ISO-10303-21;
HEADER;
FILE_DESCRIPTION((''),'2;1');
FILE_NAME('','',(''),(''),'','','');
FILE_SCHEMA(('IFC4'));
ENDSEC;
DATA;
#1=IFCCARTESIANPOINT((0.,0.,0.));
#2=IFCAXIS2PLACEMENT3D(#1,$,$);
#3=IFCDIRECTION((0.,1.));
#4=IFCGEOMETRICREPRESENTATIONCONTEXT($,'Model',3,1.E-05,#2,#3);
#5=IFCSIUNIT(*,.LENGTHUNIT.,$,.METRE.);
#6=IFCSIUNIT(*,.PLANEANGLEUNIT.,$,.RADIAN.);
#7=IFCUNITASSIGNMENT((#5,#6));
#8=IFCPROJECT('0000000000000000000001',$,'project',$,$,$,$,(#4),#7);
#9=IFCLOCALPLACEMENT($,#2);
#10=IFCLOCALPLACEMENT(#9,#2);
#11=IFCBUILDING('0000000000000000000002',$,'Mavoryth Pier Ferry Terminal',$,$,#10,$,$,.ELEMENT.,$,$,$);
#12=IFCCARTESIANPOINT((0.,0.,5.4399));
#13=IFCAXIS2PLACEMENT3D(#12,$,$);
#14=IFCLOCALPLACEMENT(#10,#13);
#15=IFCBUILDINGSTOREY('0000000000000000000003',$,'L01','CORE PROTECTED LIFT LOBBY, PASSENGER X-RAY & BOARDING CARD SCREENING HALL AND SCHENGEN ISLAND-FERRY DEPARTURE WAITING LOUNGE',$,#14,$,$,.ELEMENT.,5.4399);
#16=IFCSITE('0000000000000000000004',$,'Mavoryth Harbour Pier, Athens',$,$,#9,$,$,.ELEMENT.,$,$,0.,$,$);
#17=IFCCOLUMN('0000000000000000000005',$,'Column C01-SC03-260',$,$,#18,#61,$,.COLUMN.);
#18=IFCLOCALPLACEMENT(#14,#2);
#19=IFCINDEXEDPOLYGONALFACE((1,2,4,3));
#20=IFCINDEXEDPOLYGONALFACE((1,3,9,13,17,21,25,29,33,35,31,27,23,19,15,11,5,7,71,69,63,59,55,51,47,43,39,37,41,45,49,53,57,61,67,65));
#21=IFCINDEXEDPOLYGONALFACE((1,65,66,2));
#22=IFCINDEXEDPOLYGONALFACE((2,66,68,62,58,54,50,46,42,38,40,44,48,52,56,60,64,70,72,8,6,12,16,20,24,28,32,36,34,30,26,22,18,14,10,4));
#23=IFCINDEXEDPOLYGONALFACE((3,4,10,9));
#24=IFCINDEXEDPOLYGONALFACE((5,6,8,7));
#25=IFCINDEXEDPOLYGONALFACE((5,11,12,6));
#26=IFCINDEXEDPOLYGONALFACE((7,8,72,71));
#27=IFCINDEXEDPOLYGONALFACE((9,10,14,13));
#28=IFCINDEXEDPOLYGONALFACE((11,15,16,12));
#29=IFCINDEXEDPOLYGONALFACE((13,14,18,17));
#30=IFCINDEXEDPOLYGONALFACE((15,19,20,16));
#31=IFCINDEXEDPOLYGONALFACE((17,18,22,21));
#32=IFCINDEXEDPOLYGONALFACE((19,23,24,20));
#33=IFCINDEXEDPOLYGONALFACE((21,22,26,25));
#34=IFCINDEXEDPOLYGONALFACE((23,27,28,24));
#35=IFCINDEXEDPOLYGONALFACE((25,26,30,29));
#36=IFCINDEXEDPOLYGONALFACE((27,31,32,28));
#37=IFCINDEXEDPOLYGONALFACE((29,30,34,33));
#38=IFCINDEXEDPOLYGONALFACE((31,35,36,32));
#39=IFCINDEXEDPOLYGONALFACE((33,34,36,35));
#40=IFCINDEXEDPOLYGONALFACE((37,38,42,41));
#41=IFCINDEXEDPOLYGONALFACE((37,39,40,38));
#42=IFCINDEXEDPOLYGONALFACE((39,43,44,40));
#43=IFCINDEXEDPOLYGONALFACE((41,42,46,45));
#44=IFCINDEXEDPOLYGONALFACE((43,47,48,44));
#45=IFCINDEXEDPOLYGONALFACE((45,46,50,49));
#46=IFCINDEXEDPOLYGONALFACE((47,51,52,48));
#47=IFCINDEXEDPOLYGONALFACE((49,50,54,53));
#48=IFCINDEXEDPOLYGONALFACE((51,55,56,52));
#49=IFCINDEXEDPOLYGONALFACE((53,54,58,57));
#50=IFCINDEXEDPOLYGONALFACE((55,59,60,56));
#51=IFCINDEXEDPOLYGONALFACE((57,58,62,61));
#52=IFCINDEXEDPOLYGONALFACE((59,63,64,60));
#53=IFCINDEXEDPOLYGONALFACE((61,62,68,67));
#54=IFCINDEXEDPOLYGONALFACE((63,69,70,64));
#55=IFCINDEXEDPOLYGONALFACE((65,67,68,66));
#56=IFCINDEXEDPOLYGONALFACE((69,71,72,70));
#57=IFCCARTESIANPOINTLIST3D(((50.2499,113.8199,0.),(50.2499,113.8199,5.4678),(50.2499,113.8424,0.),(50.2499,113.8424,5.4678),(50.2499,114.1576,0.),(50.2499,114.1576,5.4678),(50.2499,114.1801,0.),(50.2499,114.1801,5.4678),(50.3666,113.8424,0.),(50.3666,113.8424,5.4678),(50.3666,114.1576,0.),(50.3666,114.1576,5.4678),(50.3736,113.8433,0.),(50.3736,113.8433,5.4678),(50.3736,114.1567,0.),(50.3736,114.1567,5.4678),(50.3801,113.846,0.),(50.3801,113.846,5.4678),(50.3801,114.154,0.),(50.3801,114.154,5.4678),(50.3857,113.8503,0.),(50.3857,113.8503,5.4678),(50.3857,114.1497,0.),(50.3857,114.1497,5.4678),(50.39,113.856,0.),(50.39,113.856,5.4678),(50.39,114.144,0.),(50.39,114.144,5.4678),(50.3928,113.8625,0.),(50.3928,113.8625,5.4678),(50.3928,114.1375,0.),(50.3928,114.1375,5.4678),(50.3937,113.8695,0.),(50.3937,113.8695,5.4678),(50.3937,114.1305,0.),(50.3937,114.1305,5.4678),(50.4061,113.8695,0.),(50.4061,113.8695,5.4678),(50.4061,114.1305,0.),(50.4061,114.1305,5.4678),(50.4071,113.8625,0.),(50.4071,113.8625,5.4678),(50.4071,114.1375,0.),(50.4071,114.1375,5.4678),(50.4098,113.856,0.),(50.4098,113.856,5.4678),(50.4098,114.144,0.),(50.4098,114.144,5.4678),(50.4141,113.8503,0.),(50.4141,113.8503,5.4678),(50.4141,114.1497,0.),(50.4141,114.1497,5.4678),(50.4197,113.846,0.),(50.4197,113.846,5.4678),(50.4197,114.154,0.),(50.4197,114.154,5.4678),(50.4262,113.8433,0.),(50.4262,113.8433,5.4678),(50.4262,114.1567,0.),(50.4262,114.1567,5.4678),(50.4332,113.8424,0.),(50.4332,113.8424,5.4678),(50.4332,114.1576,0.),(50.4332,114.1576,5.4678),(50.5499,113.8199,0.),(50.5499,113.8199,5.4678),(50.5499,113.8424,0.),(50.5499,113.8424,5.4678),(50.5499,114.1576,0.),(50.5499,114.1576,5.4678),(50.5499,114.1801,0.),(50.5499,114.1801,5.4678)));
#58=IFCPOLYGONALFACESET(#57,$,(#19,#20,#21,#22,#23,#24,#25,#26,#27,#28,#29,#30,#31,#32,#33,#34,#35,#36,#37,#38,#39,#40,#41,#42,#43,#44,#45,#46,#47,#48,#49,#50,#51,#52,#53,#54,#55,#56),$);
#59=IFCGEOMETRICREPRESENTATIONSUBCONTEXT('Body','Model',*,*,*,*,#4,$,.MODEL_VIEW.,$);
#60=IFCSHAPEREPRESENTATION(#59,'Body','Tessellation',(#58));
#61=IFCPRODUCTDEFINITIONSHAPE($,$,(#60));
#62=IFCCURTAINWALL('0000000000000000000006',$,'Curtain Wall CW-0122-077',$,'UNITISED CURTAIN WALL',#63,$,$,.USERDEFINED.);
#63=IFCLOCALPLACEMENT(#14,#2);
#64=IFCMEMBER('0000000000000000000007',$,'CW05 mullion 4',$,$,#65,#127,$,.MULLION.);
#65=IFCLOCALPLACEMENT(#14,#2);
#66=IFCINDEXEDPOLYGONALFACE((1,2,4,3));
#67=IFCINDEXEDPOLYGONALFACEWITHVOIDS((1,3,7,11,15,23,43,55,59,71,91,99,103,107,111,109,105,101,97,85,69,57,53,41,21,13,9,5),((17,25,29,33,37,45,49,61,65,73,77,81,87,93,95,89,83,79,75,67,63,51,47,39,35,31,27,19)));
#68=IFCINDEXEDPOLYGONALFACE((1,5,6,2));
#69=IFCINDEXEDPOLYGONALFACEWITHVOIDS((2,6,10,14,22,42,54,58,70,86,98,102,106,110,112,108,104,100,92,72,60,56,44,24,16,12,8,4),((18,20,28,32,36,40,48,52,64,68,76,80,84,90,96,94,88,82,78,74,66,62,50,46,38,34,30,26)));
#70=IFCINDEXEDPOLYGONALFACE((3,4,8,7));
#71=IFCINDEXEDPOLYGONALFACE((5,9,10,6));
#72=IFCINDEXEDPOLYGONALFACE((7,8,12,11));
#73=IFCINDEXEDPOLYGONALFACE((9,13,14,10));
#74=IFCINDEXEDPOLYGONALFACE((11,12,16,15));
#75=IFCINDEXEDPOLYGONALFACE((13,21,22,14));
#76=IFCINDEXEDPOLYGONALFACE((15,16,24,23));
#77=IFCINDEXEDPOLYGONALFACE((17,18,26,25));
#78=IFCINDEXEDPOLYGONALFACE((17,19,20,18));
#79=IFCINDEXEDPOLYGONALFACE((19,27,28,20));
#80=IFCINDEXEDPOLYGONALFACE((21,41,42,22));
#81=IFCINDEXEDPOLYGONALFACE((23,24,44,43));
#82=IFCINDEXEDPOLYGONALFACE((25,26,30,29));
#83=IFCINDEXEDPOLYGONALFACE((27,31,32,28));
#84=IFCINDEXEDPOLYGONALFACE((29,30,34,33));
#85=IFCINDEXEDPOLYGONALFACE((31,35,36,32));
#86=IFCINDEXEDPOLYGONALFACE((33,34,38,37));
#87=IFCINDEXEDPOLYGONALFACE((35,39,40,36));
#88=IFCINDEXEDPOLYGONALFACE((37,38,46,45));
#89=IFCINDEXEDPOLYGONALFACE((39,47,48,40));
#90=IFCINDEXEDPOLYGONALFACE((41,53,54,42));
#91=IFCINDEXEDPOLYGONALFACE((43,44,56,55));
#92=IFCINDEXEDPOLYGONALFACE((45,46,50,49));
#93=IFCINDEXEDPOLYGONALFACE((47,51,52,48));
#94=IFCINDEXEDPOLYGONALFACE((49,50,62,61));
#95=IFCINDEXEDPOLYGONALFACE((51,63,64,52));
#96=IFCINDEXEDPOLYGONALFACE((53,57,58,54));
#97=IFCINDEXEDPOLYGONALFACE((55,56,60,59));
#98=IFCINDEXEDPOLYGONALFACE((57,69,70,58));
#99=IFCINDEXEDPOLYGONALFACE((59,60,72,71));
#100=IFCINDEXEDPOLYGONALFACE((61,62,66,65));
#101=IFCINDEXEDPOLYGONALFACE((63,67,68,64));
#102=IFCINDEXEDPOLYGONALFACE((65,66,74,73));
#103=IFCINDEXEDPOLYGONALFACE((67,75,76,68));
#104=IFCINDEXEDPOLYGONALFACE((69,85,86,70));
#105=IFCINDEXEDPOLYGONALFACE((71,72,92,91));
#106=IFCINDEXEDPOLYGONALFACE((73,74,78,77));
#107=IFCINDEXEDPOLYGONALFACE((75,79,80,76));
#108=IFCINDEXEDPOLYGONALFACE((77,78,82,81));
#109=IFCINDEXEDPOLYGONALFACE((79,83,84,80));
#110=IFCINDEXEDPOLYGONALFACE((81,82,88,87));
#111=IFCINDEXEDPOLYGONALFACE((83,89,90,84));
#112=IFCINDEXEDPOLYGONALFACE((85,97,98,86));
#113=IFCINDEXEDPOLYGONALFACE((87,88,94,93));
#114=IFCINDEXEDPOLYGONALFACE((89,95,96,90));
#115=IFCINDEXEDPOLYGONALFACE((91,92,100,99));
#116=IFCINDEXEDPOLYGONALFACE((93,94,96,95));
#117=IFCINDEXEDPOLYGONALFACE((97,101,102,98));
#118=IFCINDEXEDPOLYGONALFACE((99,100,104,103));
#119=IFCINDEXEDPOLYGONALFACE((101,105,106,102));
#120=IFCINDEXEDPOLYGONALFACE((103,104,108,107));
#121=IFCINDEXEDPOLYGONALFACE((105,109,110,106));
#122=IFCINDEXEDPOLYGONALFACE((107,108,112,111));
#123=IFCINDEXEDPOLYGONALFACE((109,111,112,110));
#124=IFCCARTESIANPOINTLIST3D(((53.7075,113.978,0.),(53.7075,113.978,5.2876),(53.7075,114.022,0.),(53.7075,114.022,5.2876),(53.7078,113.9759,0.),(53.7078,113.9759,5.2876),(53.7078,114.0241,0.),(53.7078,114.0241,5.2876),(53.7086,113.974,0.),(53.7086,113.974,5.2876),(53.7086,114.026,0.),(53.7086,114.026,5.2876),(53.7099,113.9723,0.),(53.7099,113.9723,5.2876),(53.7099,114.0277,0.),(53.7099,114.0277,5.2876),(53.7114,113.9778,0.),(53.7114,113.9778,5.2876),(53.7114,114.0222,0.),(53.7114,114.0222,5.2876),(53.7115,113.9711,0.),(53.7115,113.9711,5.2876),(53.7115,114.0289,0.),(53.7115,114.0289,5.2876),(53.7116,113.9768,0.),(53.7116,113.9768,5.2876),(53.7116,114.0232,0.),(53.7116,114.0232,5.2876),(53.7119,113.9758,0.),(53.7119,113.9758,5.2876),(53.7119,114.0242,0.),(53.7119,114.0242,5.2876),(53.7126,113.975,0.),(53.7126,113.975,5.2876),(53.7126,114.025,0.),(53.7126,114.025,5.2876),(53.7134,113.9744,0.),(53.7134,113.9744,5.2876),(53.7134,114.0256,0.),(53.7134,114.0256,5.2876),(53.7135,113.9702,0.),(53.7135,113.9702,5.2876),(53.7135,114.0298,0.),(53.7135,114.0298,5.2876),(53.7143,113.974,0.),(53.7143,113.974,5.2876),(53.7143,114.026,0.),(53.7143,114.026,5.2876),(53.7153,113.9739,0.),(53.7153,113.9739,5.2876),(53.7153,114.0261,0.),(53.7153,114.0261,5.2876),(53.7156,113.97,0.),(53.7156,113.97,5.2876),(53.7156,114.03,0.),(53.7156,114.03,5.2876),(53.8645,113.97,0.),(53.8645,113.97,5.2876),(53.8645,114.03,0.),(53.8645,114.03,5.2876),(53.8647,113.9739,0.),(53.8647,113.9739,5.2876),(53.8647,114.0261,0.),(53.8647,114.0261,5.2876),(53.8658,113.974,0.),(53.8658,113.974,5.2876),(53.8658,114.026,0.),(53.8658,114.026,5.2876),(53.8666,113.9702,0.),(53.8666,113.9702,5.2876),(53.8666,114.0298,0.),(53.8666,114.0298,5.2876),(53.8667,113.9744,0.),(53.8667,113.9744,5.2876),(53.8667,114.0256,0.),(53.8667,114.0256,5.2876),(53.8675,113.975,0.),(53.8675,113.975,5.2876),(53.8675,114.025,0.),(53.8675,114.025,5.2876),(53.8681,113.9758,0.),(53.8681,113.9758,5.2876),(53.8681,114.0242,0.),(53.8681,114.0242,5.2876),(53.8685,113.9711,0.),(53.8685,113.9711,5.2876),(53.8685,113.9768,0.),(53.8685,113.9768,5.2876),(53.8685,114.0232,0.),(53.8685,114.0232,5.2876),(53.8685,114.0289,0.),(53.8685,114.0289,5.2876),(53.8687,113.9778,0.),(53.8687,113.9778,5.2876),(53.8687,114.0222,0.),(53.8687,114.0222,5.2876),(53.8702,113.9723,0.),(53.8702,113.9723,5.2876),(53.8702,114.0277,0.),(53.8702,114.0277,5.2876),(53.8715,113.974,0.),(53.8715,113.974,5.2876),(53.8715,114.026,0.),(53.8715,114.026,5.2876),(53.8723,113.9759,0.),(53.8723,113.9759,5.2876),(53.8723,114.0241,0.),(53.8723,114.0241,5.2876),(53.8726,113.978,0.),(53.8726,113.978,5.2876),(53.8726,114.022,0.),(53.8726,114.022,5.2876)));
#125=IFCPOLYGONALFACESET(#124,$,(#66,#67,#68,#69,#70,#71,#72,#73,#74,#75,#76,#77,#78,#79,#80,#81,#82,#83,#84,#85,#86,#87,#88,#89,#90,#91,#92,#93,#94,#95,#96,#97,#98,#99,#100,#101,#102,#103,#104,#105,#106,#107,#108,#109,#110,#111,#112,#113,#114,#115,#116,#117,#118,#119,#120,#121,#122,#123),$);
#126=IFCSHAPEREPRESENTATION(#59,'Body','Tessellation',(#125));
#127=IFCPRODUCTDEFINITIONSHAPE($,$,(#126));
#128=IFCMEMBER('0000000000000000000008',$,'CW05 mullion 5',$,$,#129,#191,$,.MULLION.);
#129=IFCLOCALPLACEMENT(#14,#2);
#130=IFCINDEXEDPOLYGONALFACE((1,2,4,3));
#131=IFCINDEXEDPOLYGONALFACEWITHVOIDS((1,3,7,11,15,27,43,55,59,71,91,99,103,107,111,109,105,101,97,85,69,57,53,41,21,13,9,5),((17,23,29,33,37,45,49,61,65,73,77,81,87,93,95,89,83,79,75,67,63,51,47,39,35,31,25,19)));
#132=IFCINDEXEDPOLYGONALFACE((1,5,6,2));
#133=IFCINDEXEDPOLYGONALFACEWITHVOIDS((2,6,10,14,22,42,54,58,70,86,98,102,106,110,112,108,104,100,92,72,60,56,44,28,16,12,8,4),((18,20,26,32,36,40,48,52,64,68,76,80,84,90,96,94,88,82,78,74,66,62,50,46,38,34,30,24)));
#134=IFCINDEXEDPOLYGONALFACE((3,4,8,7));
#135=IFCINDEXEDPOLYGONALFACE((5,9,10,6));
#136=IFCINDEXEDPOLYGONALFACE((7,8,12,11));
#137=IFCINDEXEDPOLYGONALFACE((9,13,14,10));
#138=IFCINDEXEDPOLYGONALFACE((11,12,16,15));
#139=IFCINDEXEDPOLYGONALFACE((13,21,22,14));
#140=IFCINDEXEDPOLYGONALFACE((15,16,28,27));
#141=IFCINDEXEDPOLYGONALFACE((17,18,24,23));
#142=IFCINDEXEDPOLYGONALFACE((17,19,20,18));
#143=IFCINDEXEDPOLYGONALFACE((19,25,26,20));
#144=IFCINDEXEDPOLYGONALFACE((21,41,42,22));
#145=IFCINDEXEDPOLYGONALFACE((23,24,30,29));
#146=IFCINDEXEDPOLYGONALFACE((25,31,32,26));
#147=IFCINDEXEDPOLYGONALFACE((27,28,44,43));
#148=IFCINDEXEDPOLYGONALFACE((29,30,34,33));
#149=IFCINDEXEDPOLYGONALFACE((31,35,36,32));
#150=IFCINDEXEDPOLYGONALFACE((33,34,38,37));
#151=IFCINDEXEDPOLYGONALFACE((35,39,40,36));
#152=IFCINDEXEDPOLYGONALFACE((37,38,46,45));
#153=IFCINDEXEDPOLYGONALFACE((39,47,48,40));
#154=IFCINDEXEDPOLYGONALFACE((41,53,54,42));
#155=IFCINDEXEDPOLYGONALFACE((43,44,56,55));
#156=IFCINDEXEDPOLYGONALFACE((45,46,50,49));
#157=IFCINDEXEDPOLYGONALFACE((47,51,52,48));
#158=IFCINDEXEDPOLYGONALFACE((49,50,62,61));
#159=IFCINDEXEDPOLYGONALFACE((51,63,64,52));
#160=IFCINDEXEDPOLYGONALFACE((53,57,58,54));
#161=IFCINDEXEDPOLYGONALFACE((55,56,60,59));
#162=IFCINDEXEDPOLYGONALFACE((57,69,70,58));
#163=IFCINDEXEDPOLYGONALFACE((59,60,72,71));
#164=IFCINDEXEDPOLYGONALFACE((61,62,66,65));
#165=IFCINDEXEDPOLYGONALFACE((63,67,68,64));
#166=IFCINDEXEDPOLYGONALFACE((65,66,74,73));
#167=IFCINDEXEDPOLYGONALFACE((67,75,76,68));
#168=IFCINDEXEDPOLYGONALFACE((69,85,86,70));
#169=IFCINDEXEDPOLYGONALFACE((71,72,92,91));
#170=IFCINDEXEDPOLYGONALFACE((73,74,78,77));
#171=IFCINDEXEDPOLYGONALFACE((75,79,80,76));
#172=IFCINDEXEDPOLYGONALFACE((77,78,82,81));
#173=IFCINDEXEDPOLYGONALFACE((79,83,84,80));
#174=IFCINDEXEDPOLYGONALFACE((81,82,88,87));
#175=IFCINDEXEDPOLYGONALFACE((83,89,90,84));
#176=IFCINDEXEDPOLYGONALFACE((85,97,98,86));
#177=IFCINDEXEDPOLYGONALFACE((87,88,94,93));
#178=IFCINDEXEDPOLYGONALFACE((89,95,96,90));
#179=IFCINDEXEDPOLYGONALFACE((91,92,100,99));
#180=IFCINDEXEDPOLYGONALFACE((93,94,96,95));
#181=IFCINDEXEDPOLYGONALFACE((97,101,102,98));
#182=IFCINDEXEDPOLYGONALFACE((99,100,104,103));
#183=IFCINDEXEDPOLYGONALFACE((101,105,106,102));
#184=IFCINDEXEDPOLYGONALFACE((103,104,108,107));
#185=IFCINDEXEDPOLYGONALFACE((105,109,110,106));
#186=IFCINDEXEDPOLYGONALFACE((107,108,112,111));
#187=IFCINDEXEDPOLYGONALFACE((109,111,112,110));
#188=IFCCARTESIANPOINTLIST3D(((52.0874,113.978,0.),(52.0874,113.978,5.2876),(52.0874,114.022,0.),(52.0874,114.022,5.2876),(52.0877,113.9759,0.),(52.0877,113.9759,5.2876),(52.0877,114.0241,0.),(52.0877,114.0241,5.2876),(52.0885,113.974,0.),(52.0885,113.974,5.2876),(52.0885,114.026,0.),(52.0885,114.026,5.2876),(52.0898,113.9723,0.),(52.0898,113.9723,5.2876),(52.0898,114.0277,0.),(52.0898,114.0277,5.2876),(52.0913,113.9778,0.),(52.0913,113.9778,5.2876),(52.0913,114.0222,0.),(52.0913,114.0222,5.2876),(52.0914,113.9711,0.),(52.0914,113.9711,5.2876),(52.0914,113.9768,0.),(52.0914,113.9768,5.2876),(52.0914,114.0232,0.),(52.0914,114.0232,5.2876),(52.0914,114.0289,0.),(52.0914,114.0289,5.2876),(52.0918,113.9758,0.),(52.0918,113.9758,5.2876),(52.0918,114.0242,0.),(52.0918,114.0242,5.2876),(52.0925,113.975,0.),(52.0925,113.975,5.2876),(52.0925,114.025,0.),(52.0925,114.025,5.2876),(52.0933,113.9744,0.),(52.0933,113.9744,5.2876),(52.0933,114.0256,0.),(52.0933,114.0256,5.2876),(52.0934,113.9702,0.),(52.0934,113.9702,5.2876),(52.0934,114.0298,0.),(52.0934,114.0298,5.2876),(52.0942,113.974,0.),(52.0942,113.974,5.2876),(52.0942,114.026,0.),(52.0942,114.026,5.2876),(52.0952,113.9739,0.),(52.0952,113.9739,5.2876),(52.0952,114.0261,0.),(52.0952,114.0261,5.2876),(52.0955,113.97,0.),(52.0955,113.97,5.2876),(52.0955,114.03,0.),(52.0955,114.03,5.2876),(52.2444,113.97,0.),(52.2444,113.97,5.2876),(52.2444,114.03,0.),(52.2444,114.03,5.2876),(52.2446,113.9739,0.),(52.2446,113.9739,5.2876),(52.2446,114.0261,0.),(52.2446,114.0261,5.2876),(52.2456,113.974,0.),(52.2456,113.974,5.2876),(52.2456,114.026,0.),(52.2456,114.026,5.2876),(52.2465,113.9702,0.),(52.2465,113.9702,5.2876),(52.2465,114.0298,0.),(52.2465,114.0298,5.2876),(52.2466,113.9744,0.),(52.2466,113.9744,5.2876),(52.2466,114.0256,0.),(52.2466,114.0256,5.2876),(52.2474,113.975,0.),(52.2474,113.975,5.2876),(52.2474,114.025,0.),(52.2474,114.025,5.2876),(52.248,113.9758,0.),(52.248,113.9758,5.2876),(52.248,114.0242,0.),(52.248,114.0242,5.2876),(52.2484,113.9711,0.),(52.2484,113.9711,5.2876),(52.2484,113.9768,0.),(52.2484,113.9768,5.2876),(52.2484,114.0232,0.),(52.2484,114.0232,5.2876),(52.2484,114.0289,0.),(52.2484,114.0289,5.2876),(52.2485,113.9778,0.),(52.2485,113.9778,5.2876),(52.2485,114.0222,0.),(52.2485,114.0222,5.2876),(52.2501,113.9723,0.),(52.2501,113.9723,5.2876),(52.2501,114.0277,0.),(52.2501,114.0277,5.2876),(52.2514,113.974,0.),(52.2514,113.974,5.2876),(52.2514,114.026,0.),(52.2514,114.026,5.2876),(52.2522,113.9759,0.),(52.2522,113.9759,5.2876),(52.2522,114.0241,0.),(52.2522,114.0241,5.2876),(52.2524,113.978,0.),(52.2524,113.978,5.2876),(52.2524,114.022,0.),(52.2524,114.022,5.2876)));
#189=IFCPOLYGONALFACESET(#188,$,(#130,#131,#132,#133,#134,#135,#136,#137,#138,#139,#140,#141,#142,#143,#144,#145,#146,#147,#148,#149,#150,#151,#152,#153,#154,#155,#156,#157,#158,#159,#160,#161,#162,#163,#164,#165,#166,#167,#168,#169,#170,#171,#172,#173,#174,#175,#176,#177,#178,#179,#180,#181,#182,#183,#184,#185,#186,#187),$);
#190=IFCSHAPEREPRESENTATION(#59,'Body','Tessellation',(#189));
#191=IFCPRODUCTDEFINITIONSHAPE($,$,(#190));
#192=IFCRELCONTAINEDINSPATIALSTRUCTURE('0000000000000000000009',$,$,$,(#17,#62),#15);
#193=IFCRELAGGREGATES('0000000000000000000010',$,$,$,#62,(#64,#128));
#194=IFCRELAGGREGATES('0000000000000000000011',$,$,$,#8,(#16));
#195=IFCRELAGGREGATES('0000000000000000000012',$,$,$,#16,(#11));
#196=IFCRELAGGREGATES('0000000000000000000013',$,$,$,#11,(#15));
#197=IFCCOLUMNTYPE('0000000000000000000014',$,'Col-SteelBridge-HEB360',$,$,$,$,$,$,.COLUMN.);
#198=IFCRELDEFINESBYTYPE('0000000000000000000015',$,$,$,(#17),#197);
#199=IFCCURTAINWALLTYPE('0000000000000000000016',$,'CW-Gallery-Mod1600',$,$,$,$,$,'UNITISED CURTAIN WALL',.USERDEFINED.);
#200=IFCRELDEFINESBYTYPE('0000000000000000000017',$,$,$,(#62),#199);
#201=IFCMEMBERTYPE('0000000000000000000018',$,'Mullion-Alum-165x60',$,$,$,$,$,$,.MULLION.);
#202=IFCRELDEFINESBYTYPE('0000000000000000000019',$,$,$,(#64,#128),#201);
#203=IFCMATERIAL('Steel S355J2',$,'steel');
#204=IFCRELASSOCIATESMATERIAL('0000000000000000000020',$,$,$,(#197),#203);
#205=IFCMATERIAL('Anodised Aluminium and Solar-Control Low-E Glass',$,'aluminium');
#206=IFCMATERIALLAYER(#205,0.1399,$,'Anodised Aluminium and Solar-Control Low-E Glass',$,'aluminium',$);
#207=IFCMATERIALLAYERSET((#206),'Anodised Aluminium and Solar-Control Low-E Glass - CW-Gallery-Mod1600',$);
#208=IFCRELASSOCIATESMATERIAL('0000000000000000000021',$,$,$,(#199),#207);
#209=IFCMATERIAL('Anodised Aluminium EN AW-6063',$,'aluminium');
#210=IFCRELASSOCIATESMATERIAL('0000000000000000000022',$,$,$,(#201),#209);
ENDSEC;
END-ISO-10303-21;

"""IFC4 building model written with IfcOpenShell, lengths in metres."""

from ifc_helpers import new_model, si_unit, direction, frame, origin, origin_2d, place, context, subcontext, project, spatial, hollow_rectangle, i_section, extrude, material, layer, layer_set, material_profile, profile_set, type_object, element, aggregate, save


model = new_model("IFC4")

# Units and contexts
model_context = context("Model", 3, precision=1e-05, world=origin(), true_north=direction((0.0, 1.0)))
body_context = subcontext(model_context, "Body", "Model", "MODEL_VIEW")
ifc_project = project(units=[si_unit("LENGTHUNIT", "METRE"), si_unit("PLANEANGLEUNIT", "RADIAN")], contexts=[model_context])

# Site, building, storey
site_placement = place(None, origin())
site = spatial("IfcSite", under=ifc_project, at=site_placement, Name="Mavoryth Harbour Pier, Athens", CompositionType="ELEMENT", RefElevation=0.0)
building_placement = place(site_placement, origin())
building = spatial("IfcBuilding", under=site, at=building_placement, Name="Mavoryth Pier Ferry Terminal", CompositionType="ELEMENT")
storey_placement = place(building_placement, frame((0.0, 0.0, 5.4399)))
storey = spatial("IfcBuildingStorey", under=building, at=storey_placement, Name="L01", Description="CORE PROTECTED LIFT LOBBY, PASSENGER X-RAY & BOARDING CARD SCREENING HALL AND SCHENGEN ISLAND-FERRY DEPARTURE WAITING LOUNGE", CompositionType="ELEMENT", Elevation=5.4399)

# Column
ifc_material_1 = material(Name="Steel S355J2", Category="steel")
ifc_material_profile_1 = material_profile(ifc_material_1, i_section(OverallWidth=0.3, OverallDepth=0.3601, WebThickness=0.0125, FlangeThickness=0.0225, FilletRadius=0.0271, at=origin_2d()), Name="HEB 360", Category="steel")
ifc_profile_set_1 = profile_set([ifc_material_profile_1], Name="Steel S355J2 - HEB 360")
column_type = type_object("IfcColumnType", Name="Col-SteelBridge-HEB360", PredefinedType="COLUMN", material=ifc_profile_set_1)
column_placement = place(storey_placement, frame((50.3999, 114.0, 0.0), z_axis=(0.0, 0.0, 1.0), x_axis=(1.0, 0.0, 0.0)))
element("IfcColumn", 1, at=column_placement, inside=storey, type_object=column_type, Name="Column C01-SC03-260", PredefinedType="COLUMN", context=body_context, shape_type="SweptSolid", body=[
    extrude(i_section(OverallWidth=0.3, OverallDepth=0.3601, WebThickness=0.0125, FlangeThickness=0.0225, FilletRadius=0.0271, at=origin_2d()), origin(), (0.0, 0.0, 1.0), 5.4678),
])

# Curtain wall, members
ifc_material_2 = material(Name="Anodised Aluminium and Solar-Control Low-E Glass", Category="aluminium")
ifc_layer_1 = layer(ifc_material_2, 0.1399, Name="Anodised Aluminium and Solar-Control Low-E Glass", Category="aluminium")
ifc_layer_set_1 = layer_set([ifc_layer_1], Name="Anodised Aluminium and Solar-Control Low-E Glass - CW-Gallery-Mod1600")
curtain_wall_type = type_object("IfcCurtainWallType", Name="CW-Gallery-Mod1600", ElementType="UNITISED CURTAIN WALL", PredefinedType="USERDEFINED", material=ifc_layer_set_1)
curtain_wall_1_placement = place(storey_placement, origin())
curtain_wall_1 = element("IfcCurtainWall", 2, at=curtain_wall_1_placement, inside=storey, type_object=curtain_wall_type, Name="Curtain Wall CW-0122-077", ObjectType="UNITISED CURTAIN WALL", PredefinedType="USERDEFINED")
ifc_material_3 = material(Name="Anodised Aluminium EN AW-6063", Category="aluminium")
ifc_material_profile_2 = material_profile(ifc_material_3, hollow_rectangle(XDim=0.0601, YDim=0.165, WallThickness=0.0039, InnerFilletRadius=0.0039, OuterFilletRadius=0.0081, at=origin_2d()), Name="AL-MULL 165x60x4", Category="aluminium")
ifc_profile_set_2 = profile_set([ifc_material_profile_2], Name="Anodised Aluminium EN AW-6063 - AL-MULL 165x60x4")
member_type_1 = type_object("IfcMemberType", Name="Mullion-Alum-165x60", PredefinedType="MULLION", material=ifc_profile_set_2)
member_1_placement = place(storey_placement, frame((53.79, 114.0, 0.0), z_axis=(0.0, 0.0, 1.0), x_axis=(0.0, -1.0, 0.0)))
member_1 = element("IfcMember", 3, at=member_1_placement, type_object=member_type_1, Name="CW05 mullion 4", PredefinedType="MULLION", context=body_context, shape_type="SweptSolid", body=[
    extrude(hollow_rectangle(XDim=0.0601, YDim=0.165, WallThickness=0.0039, InnerFilletRadius=0.0039, OuterFilletRadius=0.0081, at=origin_2d()), origin(), (0.0, 0.0, 1.0), 5.2876),
])
member_2_placement = place(storey_placement, frame((52.1699, 114.0, 0.0), z_axis=(0.0, 0.0, 1.0), x_axis=(0.0, -1.0, 0.0)))
member_2 = element("IfcMember", 4, at=member_2_placement, type_object=member_type_1, Name="CW05 mullion 5", PredefinedType="MULLION", context=body_context, shape_type="SweptSolid", body=[
    extrude(hollow_rectangle(XDim=0.0601, YDim=0.165, WallThickness=0.0039, InnerFilletRadius=0.0039, OuterFilletRadius=0.0081, at=origin_2d()), origin(), (0.0, 0.0, 1.0), 5.2876),
])

aggregate(curtain_wall_1, [member_1, member_2])

save(model, "model.ifc")
